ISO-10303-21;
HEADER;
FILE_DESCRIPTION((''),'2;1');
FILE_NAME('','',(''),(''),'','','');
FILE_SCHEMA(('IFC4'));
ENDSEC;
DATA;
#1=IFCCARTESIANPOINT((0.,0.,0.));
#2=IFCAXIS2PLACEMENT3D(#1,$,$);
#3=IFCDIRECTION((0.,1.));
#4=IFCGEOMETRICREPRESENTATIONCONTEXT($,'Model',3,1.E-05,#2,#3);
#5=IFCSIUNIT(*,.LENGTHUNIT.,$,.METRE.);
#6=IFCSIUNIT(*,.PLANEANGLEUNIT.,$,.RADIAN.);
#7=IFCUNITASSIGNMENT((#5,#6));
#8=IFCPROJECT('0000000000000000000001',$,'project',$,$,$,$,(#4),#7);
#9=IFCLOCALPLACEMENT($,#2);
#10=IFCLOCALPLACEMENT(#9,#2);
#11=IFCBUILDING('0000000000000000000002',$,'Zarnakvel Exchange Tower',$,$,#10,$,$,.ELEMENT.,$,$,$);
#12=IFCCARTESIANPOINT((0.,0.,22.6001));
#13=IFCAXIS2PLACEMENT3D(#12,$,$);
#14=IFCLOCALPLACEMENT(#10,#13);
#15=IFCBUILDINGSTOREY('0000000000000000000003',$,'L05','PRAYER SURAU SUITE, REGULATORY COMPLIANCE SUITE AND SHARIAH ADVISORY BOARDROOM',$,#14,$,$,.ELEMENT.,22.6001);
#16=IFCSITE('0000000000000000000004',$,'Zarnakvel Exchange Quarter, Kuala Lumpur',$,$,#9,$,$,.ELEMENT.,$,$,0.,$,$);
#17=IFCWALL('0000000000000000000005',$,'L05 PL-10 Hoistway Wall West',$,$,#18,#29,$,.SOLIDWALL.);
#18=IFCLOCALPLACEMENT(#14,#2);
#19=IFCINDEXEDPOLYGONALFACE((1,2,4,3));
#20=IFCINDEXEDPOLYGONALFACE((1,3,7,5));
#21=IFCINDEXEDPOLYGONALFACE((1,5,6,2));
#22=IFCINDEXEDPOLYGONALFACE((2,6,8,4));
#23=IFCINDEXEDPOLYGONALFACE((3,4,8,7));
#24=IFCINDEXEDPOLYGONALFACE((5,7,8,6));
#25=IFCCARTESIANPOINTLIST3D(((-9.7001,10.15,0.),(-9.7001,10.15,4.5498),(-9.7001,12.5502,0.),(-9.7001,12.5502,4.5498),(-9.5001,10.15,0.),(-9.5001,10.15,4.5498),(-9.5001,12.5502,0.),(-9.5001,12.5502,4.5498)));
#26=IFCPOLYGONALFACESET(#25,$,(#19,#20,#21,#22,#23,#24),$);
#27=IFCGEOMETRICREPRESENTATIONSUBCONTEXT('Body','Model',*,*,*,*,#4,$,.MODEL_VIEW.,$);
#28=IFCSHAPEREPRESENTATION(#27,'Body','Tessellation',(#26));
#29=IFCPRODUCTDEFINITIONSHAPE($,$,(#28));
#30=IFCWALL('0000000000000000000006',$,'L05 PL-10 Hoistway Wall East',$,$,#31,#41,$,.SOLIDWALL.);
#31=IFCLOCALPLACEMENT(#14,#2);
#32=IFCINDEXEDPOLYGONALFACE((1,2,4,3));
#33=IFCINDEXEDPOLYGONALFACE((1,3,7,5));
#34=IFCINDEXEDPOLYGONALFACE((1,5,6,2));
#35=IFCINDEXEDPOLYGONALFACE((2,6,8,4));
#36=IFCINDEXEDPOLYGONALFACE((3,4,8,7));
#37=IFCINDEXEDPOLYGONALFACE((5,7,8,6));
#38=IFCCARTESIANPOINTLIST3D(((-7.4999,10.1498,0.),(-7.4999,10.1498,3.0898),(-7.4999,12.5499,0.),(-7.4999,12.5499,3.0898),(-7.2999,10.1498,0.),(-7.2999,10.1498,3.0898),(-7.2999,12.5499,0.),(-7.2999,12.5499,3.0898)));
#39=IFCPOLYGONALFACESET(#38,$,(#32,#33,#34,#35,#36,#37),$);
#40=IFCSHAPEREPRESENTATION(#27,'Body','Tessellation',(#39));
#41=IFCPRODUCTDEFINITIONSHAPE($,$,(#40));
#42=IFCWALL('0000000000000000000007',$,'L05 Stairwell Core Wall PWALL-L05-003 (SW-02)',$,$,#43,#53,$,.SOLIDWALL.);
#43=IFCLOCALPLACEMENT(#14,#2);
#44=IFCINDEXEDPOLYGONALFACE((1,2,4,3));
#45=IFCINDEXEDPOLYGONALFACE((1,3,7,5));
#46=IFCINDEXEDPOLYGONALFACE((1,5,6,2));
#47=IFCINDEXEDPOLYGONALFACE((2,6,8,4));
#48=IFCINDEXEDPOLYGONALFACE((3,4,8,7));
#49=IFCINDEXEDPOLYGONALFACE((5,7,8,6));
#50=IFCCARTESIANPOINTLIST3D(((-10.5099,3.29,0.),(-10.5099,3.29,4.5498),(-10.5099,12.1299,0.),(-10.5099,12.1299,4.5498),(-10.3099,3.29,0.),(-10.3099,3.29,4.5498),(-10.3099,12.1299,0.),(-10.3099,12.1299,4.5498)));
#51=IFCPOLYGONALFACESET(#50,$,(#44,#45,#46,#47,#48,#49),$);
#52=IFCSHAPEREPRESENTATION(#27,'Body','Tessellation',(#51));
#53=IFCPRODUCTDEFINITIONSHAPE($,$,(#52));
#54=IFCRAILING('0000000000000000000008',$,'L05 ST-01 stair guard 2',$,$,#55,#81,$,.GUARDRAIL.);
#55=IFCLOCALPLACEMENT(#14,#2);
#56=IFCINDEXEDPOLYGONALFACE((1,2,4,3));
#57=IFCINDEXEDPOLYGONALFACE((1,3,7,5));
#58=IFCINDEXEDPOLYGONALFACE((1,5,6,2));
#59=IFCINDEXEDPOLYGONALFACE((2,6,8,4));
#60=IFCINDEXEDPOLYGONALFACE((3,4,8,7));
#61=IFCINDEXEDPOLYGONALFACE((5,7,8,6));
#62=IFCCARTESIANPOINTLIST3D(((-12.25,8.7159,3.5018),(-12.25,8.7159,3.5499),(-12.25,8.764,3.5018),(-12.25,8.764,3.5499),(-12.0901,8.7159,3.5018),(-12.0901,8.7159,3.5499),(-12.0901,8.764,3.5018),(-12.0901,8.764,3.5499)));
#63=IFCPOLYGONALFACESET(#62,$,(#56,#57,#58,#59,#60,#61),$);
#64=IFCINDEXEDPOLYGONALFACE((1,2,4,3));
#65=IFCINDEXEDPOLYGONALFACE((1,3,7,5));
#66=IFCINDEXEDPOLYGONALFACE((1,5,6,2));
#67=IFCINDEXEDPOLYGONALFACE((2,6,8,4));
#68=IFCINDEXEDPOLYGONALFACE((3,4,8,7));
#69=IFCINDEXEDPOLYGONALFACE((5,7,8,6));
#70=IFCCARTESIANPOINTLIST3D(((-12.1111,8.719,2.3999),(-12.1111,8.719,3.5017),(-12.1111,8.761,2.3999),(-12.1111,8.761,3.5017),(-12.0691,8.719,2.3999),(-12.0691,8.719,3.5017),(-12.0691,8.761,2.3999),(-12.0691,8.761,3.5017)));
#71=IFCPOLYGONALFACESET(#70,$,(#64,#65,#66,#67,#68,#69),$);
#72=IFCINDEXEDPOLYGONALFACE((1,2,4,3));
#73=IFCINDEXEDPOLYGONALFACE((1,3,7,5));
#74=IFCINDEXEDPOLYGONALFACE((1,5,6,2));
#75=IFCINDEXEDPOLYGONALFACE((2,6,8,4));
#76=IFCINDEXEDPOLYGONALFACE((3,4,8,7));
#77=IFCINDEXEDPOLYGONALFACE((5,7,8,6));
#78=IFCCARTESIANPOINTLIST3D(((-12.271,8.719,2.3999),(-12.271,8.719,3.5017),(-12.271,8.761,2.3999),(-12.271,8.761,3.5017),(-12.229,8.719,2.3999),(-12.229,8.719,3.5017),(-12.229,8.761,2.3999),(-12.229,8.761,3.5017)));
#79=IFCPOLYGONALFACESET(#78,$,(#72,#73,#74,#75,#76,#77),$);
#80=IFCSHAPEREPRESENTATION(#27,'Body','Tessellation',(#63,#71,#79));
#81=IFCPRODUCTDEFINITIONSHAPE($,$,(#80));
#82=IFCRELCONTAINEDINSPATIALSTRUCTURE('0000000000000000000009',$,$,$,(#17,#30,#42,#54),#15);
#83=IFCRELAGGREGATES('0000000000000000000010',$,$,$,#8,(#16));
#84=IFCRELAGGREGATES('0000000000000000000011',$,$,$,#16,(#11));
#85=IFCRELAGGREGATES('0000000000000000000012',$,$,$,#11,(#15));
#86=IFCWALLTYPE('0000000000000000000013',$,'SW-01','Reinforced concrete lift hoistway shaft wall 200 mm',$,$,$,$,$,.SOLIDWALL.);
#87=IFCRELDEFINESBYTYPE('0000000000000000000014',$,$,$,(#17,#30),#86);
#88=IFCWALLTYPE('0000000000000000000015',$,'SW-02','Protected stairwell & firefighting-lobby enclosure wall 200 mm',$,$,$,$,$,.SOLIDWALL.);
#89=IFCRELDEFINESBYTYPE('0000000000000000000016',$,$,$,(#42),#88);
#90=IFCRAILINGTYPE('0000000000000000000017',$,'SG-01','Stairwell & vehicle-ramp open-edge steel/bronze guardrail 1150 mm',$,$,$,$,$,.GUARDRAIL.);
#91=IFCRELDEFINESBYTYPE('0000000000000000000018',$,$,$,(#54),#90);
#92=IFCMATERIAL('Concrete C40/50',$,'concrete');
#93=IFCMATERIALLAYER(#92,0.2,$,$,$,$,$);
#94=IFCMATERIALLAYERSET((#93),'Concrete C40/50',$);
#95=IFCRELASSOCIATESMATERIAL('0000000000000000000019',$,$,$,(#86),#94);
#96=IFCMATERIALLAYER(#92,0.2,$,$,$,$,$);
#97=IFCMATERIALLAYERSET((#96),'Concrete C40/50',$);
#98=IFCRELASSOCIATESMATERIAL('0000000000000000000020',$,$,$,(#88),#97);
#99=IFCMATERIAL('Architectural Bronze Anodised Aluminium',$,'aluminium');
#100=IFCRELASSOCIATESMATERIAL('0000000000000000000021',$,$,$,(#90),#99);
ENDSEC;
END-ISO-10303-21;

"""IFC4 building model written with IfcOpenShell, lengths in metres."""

from ifc_helpers import new_model, si_unit, direction, frame, frame_2d, origin, origin_2d, place, context, subcontext, project, spatial, rectangle, extrude, material, layer, layer_set, type_object, element, save


model = new_model("IFC4")

# Units and contexts
model_context = context("Model", 3, precision=1e-05, world=origin(), true_north=direction((0.0, 1.0)))
body_context = subcontext(model_context, "Body", "Model", "MODEL_VIEW")
ifc_project = project(units=[si_unit("LENGTHUNIT", "METRE"), si_unit("PLANEANGLEUNIT", "RADIAN")], contexts=[model_context])

# Site, building, storey
site_placement = place(None, origin())
site = spatial("IfcSite", under=ifc_project, at=site_placement, Name="Zarnakvel Exchange Quarter, Kuala Lumpur", CompositionType="ELEMENT", RefElevation=0.0)
building_placement = place(site_placement, origin())
building = spatial("IfcBuilding", under=site, at=building_placement, Name="Zarnakvel Exchange Tower", CompositionType="ELEMENT")
storey_placement = place(building_placement, frame((0.0, 0.0, 22.6001)))
storey = spatial("IfcBuildingStorey", under=building, at=storey_placement, Name="L05", Description="PRAYER SURAU SUITE, REGULATORY COMPLIANCE SUITE AND SHARIAH ADVISORY BOARDROOM", CompositionType="ELEMENT", Elevation=22.6001)

# Shared definitions
ifc_material_1 = material(Name="Architectural Bronze Anodised Aluminium", Category="aluminium")

# Shared definitions
ifc_material_2 = material(Name="Concrete C40/50", Category="concrete")
ifc_layer_1 = layer(ifc_material_2, 0.2)
ifc_layer_set_1 = layer_set([ifc_layer_1], Name="Concrete C40/50")
wall_type_1 = type_object("IfcWallType", Name="SW-01", Description="Reinforced concrete lift hoistway shaft wall 200 mm", PredefinedType="SOLIDWALL", material=ifc_layer_set_1)

# Walls
wall_1_placement = place(storey_placement, frame((-9.6001, 10.1499, 0.0), z_axis=(0.0, 0.0, 1.0), x_axis=(0.0, 1.0, 0.0)))
element("IfcWall", 1, at=wall_1_placement, inside=storey, type_object=wall_type_1, Name="L05 PL-10 Hoistway Wall West", PredefinedType="SOLIDWALL", context=body_context, shape_type="SweptSolid", body=[
    extrude(rectangle(XDim=2.4001, YDim=0.2, at=frame_2d((1.2002, 0.0))), origin(), (0.0, 0.0, 1.0), 4.5498),
])
wall_2_placement = place(storey_placement, frame((-7.3999, 12.55, 0.0), z_axis=(0.0, 0.0, 1.0), x_axis=(0.0, -1.0, 0.0)))
element("IfcWall", 2, at=wall_2_placement, inside=storey, type_object=wall_type_1, Name="L05 PL-10 Hoistway Wall East", PredefinedType="SOLIDWALL", context=body_context, shape_type="SweptSolid", body=[
    extrude(rectangle(XDim=2.4001, YDim=0.2, at=frame_2d((1.2002, 0.0))), origin(), (0.0, 0.0, 1.0), 3.0898),
])
ifc_layer_2 = layer(ifc_material_2, 0.2)
ifc_layer_set_2 = layer_set([ifc_layer_2], Name="Concrete C40/50")
wall_type_2 = type_object("IfcWallType", Name="SW-02", Description="Protected stairwell & firefighting-lobby enclosure wall 200 mm", PredefinedType="SOLIDWALL", material=ifc_layer_set_2)
wall_3_placement = place(storey_placement, frame((-10.4099, 12.1299, 0.0), z_axis=(0.0, 0.0, 1.0), x_axis=(0.0, -1.0, 0.0)))
element("IfcWall", 3, at=wall_3_placement, inside=storey, type_object=wall_type_2, Name="L05 Stairwell Core Wall PWALL-L05-003 (SW-02)", PredefinedType="SOLIDWALL", context=body_context, shape_type="SweptSolid", body=[
    extrude(rectangle(XDim=8.8398, YDim=0.2, at=frame_2d((4.4199, 0.0))), origin(), (0.0, 0.0, 1.0), 4.5498),
])

# Railing
railing_type = type_object("IfcRailingType", Name="SG-01", Description="Stairwell & vehicle-ramp open-edge steel/bronze guardrail 1150 mm", PredefinedType="GUARDRAIL", material=ifc_material_1)
railing_placement = place(storey_placement, frame((-12.0901, 8.74, 2.3999)))
element("IfcRailing", 4, at=railing_placement, inside=storey, type_object=railing_type, Name="L05 ST-01 stair guard 2", PredefinedType="GUARDRAIL", context=body_context, shape_type="SweptSolid", body=[
    extrude(rectangle(XDim=0.0481, YDim=0.0481, at=origin_2d()), frame((0.0, 0.0, 1.126), z_axis=(-1.0, 0.0, 0.0), x_axis=(0.0, -1.0, 0.0)), (0.0, 0.0, 1.0), 0.1599),
    extrude(rectangle(XDim=0.042, YDim=0.042, at=origin_2d()), origin(), (0.0, 0.0, 1.0), 1.1018),
    extrude(rectangle(XDim=0.042, YDim=0.042, at=origin_2d()), frame((-0.1599, 0.0, 0.0)), (0.0, 0.0, 1.0), 1.1018),
])

save(model, "model.ifc")
